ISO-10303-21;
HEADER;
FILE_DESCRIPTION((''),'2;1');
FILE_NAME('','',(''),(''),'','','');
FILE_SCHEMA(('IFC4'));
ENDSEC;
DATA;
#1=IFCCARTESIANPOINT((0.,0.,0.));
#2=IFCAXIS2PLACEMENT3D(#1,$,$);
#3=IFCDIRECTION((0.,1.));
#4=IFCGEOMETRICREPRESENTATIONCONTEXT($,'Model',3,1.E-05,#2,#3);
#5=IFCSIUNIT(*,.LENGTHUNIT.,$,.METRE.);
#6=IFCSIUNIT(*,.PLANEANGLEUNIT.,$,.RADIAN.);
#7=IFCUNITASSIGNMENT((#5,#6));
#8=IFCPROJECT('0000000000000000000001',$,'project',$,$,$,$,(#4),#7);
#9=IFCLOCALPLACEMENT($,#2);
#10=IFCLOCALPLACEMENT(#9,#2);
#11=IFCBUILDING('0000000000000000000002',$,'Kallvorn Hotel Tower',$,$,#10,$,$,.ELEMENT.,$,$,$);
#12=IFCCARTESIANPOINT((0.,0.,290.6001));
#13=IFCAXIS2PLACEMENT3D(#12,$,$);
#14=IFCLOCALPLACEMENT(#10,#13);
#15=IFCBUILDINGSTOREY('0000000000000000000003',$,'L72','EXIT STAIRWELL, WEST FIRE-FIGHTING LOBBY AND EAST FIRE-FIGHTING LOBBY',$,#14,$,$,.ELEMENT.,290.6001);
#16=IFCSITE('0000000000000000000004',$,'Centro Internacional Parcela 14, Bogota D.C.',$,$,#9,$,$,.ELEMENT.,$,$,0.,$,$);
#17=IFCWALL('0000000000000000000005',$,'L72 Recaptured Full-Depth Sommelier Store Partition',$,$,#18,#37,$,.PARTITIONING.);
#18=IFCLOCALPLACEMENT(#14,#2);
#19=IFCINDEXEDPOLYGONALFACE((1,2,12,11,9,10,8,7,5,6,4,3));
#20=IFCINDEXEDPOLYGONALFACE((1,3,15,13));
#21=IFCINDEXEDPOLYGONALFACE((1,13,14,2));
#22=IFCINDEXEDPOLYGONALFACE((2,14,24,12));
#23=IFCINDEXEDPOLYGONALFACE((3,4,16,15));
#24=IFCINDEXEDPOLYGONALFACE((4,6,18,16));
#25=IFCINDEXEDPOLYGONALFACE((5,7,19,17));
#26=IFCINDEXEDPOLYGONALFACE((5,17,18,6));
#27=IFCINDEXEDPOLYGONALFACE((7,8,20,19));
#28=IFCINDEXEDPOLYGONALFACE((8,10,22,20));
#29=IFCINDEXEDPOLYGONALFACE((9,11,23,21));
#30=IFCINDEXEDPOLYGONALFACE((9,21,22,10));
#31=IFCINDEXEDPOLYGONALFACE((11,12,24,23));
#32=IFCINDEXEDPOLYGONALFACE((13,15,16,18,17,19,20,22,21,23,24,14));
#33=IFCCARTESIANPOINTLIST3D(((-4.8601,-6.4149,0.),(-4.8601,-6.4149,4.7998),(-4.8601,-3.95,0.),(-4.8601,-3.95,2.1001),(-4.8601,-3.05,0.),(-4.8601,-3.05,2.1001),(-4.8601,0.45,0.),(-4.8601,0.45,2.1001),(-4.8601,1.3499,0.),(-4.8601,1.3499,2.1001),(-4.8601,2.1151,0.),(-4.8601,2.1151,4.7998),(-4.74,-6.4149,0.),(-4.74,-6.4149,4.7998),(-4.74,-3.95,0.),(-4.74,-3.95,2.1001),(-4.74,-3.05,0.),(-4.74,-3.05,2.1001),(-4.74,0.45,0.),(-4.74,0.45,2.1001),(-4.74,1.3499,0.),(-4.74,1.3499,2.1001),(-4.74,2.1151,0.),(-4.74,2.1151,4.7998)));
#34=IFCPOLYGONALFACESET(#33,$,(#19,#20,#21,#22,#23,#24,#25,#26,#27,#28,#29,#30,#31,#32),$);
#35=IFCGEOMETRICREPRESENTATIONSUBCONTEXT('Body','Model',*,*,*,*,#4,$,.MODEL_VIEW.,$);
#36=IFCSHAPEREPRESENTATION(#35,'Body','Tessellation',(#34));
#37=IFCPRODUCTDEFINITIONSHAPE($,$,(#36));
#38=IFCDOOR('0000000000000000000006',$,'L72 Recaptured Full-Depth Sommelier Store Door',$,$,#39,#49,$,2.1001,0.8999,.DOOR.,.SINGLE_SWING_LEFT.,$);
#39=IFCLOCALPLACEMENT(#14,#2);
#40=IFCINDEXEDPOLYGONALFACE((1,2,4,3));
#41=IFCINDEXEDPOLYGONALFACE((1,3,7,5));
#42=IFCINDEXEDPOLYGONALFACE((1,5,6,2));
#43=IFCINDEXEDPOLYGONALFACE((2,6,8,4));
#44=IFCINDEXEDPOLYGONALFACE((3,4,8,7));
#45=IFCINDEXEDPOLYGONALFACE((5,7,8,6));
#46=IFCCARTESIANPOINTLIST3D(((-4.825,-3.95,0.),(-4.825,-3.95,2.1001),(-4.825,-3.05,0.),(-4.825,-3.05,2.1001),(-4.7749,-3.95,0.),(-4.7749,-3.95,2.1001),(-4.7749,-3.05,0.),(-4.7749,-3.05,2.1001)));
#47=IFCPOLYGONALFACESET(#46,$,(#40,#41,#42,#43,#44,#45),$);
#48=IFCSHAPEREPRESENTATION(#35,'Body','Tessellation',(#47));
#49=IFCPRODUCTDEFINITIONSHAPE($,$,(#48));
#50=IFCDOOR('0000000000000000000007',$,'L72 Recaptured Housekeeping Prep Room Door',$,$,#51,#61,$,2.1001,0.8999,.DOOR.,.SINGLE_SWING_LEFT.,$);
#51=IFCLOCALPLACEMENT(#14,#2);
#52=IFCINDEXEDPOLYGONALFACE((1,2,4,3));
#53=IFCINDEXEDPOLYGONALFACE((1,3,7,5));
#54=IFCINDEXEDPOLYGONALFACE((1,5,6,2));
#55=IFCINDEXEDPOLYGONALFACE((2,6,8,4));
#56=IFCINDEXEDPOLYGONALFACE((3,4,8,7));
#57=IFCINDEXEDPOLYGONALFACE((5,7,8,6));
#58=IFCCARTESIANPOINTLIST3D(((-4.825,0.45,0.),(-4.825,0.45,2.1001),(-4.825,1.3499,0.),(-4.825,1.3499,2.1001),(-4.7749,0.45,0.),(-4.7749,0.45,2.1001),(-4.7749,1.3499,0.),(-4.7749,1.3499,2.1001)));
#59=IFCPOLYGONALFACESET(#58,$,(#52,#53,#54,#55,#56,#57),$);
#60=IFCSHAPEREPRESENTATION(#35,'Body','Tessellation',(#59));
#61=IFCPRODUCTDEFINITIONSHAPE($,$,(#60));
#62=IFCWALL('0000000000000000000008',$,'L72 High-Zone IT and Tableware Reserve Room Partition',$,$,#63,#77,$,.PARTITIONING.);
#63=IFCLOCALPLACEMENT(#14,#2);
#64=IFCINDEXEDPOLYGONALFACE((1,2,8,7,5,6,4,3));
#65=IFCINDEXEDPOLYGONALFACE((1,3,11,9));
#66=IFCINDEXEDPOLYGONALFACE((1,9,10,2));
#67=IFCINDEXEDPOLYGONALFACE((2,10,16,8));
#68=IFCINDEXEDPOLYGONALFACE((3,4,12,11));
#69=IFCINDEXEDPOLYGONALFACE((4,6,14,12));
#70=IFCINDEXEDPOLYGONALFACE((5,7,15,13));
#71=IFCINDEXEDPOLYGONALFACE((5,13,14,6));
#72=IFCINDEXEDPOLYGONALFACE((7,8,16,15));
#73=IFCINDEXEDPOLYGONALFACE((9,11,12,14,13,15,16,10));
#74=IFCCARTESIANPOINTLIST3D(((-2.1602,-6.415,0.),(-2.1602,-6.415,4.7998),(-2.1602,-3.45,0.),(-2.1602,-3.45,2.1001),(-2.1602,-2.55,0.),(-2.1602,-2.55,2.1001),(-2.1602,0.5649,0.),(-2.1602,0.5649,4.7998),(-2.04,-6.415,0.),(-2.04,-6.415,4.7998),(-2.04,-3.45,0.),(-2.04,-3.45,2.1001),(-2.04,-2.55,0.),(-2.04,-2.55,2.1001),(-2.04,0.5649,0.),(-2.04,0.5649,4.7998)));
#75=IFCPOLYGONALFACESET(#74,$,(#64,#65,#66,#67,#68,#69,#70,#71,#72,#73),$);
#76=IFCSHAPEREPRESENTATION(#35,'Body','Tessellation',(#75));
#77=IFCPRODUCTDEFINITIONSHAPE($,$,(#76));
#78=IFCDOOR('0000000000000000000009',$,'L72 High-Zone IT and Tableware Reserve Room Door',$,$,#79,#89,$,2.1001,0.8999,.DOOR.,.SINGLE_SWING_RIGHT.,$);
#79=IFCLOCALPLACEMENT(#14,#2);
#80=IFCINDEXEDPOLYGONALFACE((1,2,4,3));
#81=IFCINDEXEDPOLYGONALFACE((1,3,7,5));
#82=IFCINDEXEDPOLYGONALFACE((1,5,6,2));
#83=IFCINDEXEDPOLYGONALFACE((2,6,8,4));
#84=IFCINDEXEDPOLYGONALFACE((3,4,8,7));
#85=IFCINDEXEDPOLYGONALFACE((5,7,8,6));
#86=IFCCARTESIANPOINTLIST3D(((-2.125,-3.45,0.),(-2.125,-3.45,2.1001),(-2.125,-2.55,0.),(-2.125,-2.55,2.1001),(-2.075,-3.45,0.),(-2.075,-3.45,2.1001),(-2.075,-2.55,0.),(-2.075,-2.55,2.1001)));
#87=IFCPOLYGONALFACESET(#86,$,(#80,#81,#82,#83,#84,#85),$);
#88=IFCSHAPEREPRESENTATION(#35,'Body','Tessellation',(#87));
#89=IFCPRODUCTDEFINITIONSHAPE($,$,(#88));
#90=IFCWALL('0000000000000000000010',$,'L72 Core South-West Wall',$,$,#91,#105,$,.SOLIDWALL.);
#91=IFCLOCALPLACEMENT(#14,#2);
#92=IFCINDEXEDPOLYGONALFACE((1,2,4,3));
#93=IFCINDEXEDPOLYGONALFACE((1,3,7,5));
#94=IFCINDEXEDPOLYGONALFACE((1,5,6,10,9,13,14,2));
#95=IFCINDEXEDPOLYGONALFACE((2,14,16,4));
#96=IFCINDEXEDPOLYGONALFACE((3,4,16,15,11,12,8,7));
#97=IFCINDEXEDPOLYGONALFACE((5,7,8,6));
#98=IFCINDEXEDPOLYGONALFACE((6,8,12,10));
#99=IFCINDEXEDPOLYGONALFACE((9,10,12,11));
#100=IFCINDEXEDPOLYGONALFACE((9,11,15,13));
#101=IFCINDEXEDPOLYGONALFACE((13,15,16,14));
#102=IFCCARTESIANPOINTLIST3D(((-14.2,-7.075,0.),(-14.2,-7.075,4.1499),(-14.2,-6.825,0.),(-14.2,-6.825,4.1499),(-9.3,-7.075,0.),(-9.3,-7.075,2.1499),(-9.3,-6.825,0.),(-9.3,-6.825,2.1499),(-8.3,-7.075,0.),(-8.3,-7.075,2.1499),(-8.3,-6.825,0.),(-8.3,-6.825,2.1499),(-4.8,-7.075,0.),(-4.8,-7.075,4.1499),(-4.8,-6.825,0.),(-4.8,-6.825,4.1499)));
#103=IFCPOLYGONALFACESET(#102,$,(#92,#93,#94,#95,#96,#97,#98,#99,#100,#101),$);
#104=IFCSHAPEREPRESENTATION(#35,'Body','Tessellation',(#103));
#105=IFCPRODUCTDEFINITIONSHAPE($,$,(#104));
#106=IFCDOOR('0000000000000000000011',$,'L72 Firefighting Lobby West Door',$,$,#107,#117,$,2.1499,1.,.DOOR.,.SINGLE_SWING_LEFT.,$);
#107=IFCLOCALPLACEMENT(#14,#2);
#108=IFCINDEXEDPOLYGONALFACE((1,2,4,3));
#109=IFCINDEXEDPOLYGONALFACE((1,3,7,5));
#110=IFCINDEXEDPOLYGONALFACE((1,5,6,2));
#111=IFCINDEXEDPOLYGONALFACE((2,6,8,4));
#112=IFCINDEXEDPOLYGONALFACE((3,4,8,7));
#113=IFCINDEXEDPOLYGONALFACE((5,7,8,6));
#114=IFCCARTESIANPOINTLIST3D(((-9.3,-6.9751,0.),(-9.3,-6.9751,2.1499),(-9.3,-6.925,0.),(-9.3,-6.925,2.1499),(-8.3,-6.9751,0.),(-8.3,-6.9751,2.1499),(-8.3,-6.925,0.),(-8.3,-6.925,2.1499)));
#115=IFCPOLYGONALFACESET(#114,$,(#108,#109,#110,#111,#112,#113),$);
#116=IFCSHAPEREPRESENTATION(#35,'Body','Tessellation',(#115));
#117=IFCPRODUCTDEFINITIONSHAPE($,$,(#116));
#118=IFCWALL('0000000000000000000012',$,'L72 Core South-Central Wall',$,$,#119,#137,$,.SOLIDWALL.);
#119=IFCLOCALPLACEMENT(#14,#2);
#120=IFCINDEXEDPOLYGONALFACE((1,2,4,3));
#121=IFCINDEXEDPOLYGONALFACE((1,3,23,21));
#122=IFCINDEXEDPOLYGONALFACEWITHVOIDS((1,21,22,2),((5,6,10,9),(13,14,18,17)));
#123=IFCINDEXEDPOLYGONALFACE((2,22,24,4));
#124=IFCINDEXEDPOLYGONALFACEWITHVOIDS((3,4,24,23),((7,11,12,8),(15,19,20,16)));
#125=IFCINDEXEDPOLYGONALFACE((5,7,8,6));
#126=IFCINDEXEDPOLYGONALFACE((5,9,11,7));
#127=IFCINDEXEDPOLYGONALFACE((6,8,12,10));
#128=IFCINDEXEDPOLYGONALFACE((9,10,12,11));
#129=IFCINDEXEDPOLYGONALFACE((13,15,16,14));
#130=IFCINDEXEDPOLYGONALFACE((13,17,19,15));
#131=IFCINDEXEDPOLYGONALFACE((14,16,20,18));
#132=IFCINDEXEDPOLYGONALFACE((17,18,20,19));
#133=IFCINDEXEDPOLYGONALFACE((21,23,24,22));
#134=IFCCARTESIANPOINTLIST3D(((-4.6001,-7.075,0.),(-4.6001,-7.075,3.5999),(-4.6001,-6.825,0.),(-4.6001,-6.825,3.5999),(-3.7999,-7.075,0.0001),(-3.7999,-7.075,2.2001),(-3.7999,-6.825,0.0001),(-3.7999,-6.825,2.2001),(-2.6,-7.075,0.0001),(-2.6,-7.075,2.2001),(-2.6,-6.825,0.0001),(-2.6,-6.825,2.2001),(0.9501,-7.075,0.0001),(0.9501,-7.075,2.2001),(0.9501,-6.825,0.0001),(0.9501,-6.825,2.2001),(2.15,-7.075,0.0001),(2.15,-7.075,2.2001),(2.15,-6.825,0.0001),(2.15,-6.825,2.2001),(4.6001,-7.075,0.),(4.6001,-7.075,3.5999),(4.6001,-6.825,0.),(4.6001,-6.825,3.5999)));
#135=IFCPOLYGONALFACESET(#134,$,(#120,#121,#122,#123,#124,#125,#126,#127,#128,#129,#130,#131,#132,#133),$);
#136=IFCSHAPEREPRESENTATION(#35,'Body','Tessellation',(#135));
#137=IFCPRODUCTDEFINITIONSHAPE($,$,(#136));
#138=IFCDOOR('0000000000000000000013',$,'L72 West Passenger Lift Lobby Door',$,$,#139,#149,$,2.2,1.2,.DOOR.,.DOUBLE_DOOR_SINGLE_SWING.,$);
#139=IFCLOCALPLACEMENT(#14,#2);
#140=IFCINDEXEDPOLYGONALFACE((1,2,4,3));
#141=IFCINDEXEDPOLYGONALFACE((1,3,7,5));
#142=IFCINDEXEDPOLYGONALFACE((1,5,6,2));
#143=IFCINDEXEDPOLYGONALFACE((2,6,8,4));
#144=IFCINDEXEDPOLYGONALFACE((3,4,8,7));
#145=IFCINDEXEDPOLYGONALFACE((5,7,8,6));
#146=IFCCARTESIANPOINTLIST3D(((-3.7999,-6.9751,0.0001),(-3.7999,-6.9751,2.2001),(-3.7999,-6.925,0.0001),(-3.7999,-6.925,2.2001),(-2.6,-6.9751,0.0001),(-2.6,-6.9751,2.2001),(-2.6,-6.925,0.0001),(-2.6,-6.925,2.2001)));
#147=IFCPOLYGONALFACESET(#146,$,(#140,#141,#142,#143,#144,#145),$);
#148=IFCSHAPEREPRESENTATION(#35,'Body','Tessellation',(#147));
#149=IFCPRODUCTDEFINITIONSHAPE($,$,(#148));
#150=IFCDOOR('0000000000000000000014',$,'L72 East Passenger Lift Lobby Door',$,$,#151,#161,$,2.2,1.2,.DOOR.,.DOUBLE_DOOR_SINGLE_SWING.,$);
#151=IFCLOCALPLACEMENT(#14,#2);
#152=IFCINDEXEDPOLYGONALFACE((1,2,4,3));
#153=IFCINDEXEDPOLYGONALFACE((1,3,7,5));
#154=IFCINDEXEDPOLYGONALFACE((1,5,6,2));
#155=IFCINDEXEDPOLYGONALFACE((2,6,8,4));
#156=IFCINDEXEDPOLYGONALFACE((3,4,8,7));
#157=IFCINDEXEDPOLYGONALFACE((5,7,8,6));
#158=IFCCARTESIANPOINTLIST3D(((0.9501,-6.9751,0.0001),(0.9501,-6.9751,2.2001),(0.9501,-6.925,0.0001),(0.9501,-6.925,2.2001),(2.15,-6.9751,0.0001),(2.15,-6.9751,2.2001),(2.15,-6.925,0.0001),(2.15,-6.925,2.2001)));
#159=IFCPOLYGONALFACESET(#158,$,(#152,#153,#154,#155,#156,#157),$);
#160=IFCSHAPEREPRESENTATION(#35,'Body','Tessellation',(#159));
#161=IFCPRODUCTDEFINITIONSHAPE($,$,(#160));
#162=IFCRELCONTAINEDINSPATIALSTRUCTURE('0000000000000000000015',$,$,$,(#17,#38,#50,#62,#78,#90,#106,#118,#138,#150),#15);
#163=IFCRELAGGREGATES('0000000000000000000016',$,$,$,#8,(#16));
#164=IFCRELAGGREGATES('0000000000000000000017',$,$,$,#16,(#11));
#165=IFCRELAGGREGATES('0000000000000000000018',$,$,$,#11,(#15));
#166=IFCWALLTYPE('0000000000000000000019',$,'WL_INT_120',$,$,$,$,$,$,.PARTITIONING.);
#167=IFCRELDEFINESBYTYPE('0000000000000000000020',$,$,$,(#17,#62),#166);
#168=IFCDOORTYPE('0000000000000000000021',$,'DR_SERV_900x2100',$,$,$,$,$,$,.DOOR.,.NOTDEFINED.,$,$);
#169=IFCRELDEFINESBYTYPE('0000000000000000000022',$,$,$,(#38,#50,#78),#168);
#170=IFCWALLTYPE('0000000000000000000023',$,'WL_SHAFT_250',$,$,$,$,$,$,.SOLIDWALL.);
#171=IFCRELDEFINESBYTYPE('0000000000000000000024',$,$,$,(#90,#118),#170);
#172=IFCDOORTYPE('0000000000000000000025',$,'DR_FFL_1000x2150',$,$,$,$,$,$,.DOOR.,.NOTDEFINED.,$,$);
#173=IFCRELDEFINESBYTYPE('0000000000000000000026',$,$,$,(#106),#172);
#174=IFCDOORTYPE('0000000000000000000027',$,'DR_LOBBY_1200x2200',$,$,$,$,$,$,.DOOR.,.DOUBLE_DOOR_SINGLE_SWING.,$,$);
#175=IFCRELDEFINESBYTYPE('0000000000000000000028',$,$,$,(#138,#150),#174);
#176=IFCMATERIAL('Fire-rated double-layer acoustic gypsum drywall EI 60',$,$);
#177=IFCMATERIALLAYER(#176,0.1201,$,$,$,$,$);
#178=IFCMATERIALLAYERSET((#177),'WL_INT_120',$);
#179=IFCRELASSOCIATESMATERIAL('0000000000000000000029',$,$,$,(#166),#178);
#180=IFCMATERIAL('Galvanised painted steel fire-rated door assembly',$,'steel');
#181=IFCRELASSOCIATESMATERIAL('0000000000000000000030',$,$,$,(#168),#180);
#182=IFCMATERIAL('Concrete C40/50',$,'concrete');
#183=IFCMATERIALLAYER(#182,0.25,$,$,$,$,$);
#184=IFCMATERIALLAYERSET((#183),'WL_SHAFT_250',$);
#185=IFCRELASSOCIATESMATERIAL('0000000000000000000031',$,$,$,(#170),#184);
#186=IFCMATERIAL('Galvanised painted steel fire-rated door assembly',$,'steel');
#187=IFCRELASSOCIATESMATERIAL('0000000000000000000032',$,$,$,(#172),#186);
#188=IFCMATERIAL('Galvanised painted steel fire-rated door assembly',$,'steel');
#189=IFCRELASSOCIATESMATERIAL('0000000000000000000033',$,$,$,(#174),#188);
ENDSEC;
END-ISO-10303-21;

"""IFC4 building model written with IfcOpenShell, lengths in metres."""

from ifc_helpers import new_model, si_unit, direction, frame, frame_2d, origin, place, context, subcontext, project, spatial, rectangle, extrude, material, layer, layer_set, type_object, element, fill, save


model = new_model("IFC4")

# Units and contexts
model_context = context("Model", 3, precision=1e-05, world=origin(), true_north=direction((0.0, 1.0)))
body_context = subcontext(model_context, "Body", "Model", "MODEL_VIEW")
ifc_project = project(units=[si_unit("LENGTHUNIT", "METRE"), si_unit("PLANEANGLEUNIT", "RADIAN")], contexts=[model_context])

# Site, building, storey
site_placement = place(None, origin())
site = spatial("IfcSite", under=ifc_project, at=site_placement, Name="Centro Internacional Parcela 14, Bogota D.C.", CompositionType="ELEMENT", RefElevation=0.0)
building_placement = place(site_placement, origin())
building = spatial("IfcBuilding", under=site, at=building_placement, Name="Kallvorn Hotel Tower", CompositionType="ELEMENT")
storey_placement = place(building_placement, frame((0.0, 0.0, 290.6001)))
storey = spatial("IfcBuildingStorey", under=building, at=storey_placement, Name="L72", Description="EXIT STAIRWELL, WEST FIRE-FIGHTING LOBBY AND EAST FIRE-FIGHTING LOBBY", CompositionType="ELEMENT", Elevation=290.6001)

# Shared definitions
ifc_material_1 = material(Name="Fire-rated double-layer acoustic gypsum drywall EI 60")
ifc_layer_1 = layer(ifc_material_1, 0.1201)
ifc_layer_set_1 = layer_set([ifc_layer_1], Name="WL_INT_120")
wall_type_1 = type_object("IfcWallType", Name="WL_INT_120", PredefinedType="PARTITIONING", material=ifc_layer_set_1)

# Wall, openings, doors
wall_1_placement = place(storey_placement, frame((-4.8, -6.415, 0.0), z_axis=(0.0, 0.0, 1.0), x_axis=(0.0, 1.0, 0.0)))
wall_1 = element("IfcWall", 1, at=wall_1_placement, inside=storey, type_object=wall_type_1, Name="L72 Recaptured Full-Depth Sommelier Store Partition", PredefinedType="PARTITIONING", context=body_context, shape_type="SweptSolid", body=[
    extrude(rectangle(XDim=8.53, YDim=0.1201, at=frame_2d((4.2651, 0.0))), origin(), (0.0, 0.0, 1.0), 4.7998),
])
opening_1_placement = place(wall_1_placement, frame((2.4651, 0.0, 0.0)))
opening_1 = element("IfcOpeningElement", 2, at=opening_1_placement, cuts=wall_1, PredefinedType="OPENING", context=body_context, shape_type="SweptSolid", body=[
    extrude(rectangle(XDim=0.8999, YDim=2.1001, at=frame_2d((0.45, 1.05))), frame((0.0, 0.075, 0.0), z_axis=(0.0, -1.0, 0.0), x_axis=(1.0, 0.0, 0.0)), (0.0, 0.0, 1.0), 0.1501),
])
opening_2_placement = place(wall_1_placement, frame((6.865, 0.0, 0.0)))
opening_2 = element("IfcOpeningElement", 3, at=opening_2_placement, cuts=wall_1, PredefinedType="OPENING", context=body_context, shape_type="SweptSolid", body=[
    extrude(rectangle(XDim=0.8999, YDim=2.1001, at=frame_2d((0.45, 1.05))), frame((0.0, 0.075, 0.0), z_axis=(0.0, -1.0, 0.0), x_axis=(1.0, 0.0, 0.0)), (0.0, 0.0, 1.0), 0.1501),
])
ifc_material_2 = material(Name="Galvanised painted steel fire-rated door assembly", Category="steel")
door_type_1 = type_object("IfcDoorType", Name="DR_SERV_900x2100", OperationType="NOTDEFINED", PredefinedType="DOOR", material=ifc_material_2)
door_1_placement = place(opening_1_placement, origin())
door_1 = element("IfcDoor", 4, at=door_1_placement, inside=storey, type_object=door_type_1, Name="L72 Recaptured Full-Depth Sommelier Store Door", OperationType="SINGLE_SWING_LEFT", OverallHeight=2.1001, OverallWidth=0.8999, PredefinedType="DOOR", context=body_context, shape_type="SweptSolid", body=[
    extrude(rectangle(XDim=0.8999, YDim=2.1001, at=frame_2d((0.45, 1.05))), frame((0.0, 0.0249, 0.0), z_axis=(0.0, -1.0, 0.0), x_axis=(1.0, 0.0, 0.0)), (0.0, 0.0, 1.0), 0.05),
])
fill(opening_1, door_1)
door_2_placement = place(opening_2_placement, origin())
door_2 = element("IfcDoor", 5, at=door_2_placement, inside=storey, type_object=door_type_1, Name="L72 Recaptured Housekeeping Prep Room Door", OperationType="SINGLE_SWING_LEFT", OverallHeight=2.1001, OverallWidth=0.8999, PredefinedType="DOOR", context=body_context, shape_type="SweptSolid", body=[
    extrude(rectangle(XDim=0.8999, YDim=2.1001, at=frame_2d((0.45, 1.05))), frame((0.0, 0.0249, 0.0), z_axis=(0.0, -1.0, 0.0), x_axis=(1.0, 0.0, 0.0)), (0.0, 0.0, 1.0), 0.05),
])
fill(opening_2, door_2)

# Walls, openings, doors
wall_2_placement = place(storey_placement, frame((-2.1001, -6.415, 0.0), z_axis=(0.0, 0.0, 1.0), x_axis=(0.0, 1.0, 0.0)))
wall_2 = element("IfcWall", 6, at=wall_2_placement, inside=storey, type_object=wall_type_1, Name="L72 High-Zone IT and Tableware Reserve Room Partition", PredefinedType="PARTITIONING", context=body_context, shape_type="SweptSolid", body=[
    extrude(rectangle(XDim=6.98, YDim=0.1201, at=frame_2d((3.49, 0.0))), origin(), (0.0, 0.0, 1.0), 4.7998),
])
opening_3_placement = place(wall_2_placement, frame((2.9651, 0.0, 0.0)))
opening_3 = element("IfcOpeningElement", 7, at=opening_3_placement, cuts=wall_2, PredefinedType="OPENING", context=body_context, shape_type="SweptSolid", body=[
    extrude(rectangle(XDim=0.8999, YDim=2.1001, at=frame_2d((0.45, 1.05))), frame((0.0, 0.075, 0.0), z_axis=(0.0, -1.0, 0.0), x_axis=(1.0, 0.0, 0.0)), (0.0, 0.0, 1.0), 0.1501),
])
door_3_placement = place(opening_3_placement, origin())
door_3 = element("IfcDoor", 8, at=door_3_placement, inside=storey, type_object=door_type_1, Name="L72 High-Zone IT and Tableware Reserve Room Door", OperationType="SINGLE_SWING_RIGHT", OverallHeight=2.1001, OverallWidth=0.8999, PredefinedType="DOOR", context=body_context, shape_type="SweptSolid", body=[
    extrude(rectangle(XDim=0.8999, YDim=2.1001, at=frame_2d((0.45, 1.05))), frame((0.0, 0.0249, 0.0), z_axis=(0.0, -1.0, 0.0), x_axis=(1.0, 0.0, 0.0)), (0.0, 0.0, 1.0), 0.05),
])
fill(opening_3, door_3)
ifc_material_3 = material(Name="Concrete C40/50", Category="concrete")
ifc_layer_2 = layer(ifc_material_3, 0.25)
ifc_layer_set_2 = layer_set([ifc_layer_2], Name="WL_SHAFT_250")
wall_type_2 = type_object("IfcWallType", Name="WL_SHAFT_250", PredefinedType="SOLIDWALL", material=ifc_layer_set_2)
wall_3_placement = place(storey_placement, frame((-14.2, -6.95, 0.0), z_axis=(0.0, 0.0, 1.0), x_axis=(1.0, 0.0, 0.0)))
wall_3 = element("IfcWall", 9, at=wall_3_placement, inside=storey, type_object=wall_type_2, Name="L72 Core South-West Wall", PredefinedType="SOLIDWALL", context=body_context, shape_type="SweptSolid", body=[
    extrude(rectangle(XDim=9.3999, YDim=0.25, at=frame_2d((4.7, 0.0))), origin(), (0.0, 0.0, 1.0), 4.1499),
])
opening_4_placement = place(wall_3_placement, frame((4.8999, 0.0, 0.0)))
opening_4 = element("IfcOpeningElement", 10, at=opening_4_placement, cuts=wall_3, PredefinedType="OPENING", context=body_context, shape_type="SweptSolid", body=[
    extrude(rectangle(XDim=1.0, YDim=2.1499, at=frame_2d((0.5, 1.075))), frame((0.0, 0.1399, 0.0), z_axis=(0.0, -1.0, 0.0), x_axis=(1.0, 0.0, 0.0)), (0.0, 0.0, 1.0), 0.28),
])
ifc_material_4 = material(Name="Galvanised painted steel fire-rated door assembly", Category="steel")
door_type_2 = type_object("IfcDoorType", Name="DR_FFL_1000x2150", OperationType="NOTDEFINED", PredefinedType="DOOR", material=ifc_material_4)
door_4_placement = place(opening_4_placement, origin())
door_4 = element("IfcDoor", 11, at=door_4_placement, inside=storey, type_object=door_type_2, Name="L72 Firefighting Lobby West Door", OperationType="SINGLE_SWING_LEFT", OverallHeight=2.1499, OverallWidth=1.0, PredefinedType="DOOR", context=body_context, shape_type="SweptSolid", body=[
    extrude(rectangle(XDim=1.0, YDim=2.1499, at=frame_2d((0.5, 1.075))), frame((0.0, 0.0249, 0.0), z_axis=(0.0, -1.0, 0.0), x_axis=(1.0, 0.0, 0.0)), (0.0, 0.0, 1.0), 0.05),
])
fill(opening_4, door_4)

# Wall, openings, doors
wall_4_placement = place(storey_placement, frame((-4.6001, -6.95, 0.0), z_axis=(0.0, 0.0, 1.0), x_axis=(1.0, 0.0, 0.0)))
wall_4 = element("IfcWall", 12, at=wall_4_placement, inside=storey, type_object=wall_type_2, Name="L72 Core South-Central Wall", PredefinedType="SOLIDWALL", context=body_context, shape_type="SweptSolid", body=[
    extrude(rectangle(XDim=9.2002, YDim=0.25, at=frame_2d((4.6001, 0.0))), origin(), (0.0, 0.0, 1.0), 3.5999),
])
opening_5_placement = place(wall_4_placement, frame((0.8, 0.0, 0.0)))
opening_5 = element("IfcOpeningElement", 13, at=opening_5_placement, cuts=wall_4, PredefinedType="OPENING", context=body_context, shape_type="SweptSolid", body=[
    extrude(rectangle(XDim=1.2, YDim=2.2, at=frame_2d((0.6001, 1.1001))), frame((0.0, 0.1399, 0.0), z_axis=(0.0, -1.0, 0.0), x_axis=(1.0, 0.0, 0.0)), (0.0, 0.0, 1.0), 0.28),
])
opening_6_placement = place(wall_4_placement, frame((5.55, 0.0, 0.0)))
opening_6 = element("IfcOpeningElement", 14, at=opening_6_placement, cuts=wall_4, PredefinedType="OPENING", context=body_context, shape_type="SweptSolid", body=[
    extrude(rectangle(XDim=1.2, YDim=2.2, at=frame_2d((0.6001, 1.1001))), frame((0.0, 0.1399, 0.0), z_axis=(0.0, -1.0, 0.0), x_axis=(1.0, 0.0, 0.0)), (0.0, 0.0, 1.0), 0.28),
])
ifc_material_5 = material(Name="Galvanised painted steel fire-rated door assembly", Category="steel")
door_type_3 = type_object("IfcDoorType", Name="DR_LOBBY_1200x2200", OperationType="DOUBLE_DOOR_SINGLE_SWING", PredefinedType="DOOR", material=ifc_material_5)
door_5_placement = place(opening_5_placement, origin())
door_5 = element("IfcDoor", 15, at=door_5_placement, inside=storey, type_object=door_type_3, Name="L72 West Passenger Lift Lobby Door", OperationType="DOUBLE_DOOR_SINGLE_SWING", OverallHeight=2.2, OverallWidth=1.2, PredefinedType="DOOR", context=body_context, shape_type="SweptSolid", body=[
    extrude(rectangle(XDim=1.2, YDim=2.2, at=frame_2d((0.6001, 1.1001))), frame((0.0, 0.0249, 0.0), z_axis=(0.0, -1.0, 0.0), x_axis=(1.0, 0.0, 0.0)), (0.0, 0.0, 1.0), 0.05),
])
fill(opening_5, door_5)
door_6_placement = place(opening_6_placement, origin())
door_6 = element("IfcDoor", 16, at=door_6_placement, inside=storey, type_object=door_type_3, Name="L72 East Passenger Lift Lobby Door", OperationType="DOUBLE_DOOR_SINGLE_SWING", OverallHeight=2.2, OverallWidth=1.2, PredefinedType="DOOR", context=body_context, shape_type="SweptSolid", body=[
    extrude(rectangle(XDim=1.2, YDim=2.2, at=frame_2d((0.6001, 1.1001))), frame((0.0, 0.0249, 0.0), z_axis=(0.0, -1.0, 0.0), x_axis=(1.0, 0.0, 0.0)), (0.0, 0.0, 1.0), 0.05),
])
fill(opening_6, door_6)

save(model, "model.ifc")
